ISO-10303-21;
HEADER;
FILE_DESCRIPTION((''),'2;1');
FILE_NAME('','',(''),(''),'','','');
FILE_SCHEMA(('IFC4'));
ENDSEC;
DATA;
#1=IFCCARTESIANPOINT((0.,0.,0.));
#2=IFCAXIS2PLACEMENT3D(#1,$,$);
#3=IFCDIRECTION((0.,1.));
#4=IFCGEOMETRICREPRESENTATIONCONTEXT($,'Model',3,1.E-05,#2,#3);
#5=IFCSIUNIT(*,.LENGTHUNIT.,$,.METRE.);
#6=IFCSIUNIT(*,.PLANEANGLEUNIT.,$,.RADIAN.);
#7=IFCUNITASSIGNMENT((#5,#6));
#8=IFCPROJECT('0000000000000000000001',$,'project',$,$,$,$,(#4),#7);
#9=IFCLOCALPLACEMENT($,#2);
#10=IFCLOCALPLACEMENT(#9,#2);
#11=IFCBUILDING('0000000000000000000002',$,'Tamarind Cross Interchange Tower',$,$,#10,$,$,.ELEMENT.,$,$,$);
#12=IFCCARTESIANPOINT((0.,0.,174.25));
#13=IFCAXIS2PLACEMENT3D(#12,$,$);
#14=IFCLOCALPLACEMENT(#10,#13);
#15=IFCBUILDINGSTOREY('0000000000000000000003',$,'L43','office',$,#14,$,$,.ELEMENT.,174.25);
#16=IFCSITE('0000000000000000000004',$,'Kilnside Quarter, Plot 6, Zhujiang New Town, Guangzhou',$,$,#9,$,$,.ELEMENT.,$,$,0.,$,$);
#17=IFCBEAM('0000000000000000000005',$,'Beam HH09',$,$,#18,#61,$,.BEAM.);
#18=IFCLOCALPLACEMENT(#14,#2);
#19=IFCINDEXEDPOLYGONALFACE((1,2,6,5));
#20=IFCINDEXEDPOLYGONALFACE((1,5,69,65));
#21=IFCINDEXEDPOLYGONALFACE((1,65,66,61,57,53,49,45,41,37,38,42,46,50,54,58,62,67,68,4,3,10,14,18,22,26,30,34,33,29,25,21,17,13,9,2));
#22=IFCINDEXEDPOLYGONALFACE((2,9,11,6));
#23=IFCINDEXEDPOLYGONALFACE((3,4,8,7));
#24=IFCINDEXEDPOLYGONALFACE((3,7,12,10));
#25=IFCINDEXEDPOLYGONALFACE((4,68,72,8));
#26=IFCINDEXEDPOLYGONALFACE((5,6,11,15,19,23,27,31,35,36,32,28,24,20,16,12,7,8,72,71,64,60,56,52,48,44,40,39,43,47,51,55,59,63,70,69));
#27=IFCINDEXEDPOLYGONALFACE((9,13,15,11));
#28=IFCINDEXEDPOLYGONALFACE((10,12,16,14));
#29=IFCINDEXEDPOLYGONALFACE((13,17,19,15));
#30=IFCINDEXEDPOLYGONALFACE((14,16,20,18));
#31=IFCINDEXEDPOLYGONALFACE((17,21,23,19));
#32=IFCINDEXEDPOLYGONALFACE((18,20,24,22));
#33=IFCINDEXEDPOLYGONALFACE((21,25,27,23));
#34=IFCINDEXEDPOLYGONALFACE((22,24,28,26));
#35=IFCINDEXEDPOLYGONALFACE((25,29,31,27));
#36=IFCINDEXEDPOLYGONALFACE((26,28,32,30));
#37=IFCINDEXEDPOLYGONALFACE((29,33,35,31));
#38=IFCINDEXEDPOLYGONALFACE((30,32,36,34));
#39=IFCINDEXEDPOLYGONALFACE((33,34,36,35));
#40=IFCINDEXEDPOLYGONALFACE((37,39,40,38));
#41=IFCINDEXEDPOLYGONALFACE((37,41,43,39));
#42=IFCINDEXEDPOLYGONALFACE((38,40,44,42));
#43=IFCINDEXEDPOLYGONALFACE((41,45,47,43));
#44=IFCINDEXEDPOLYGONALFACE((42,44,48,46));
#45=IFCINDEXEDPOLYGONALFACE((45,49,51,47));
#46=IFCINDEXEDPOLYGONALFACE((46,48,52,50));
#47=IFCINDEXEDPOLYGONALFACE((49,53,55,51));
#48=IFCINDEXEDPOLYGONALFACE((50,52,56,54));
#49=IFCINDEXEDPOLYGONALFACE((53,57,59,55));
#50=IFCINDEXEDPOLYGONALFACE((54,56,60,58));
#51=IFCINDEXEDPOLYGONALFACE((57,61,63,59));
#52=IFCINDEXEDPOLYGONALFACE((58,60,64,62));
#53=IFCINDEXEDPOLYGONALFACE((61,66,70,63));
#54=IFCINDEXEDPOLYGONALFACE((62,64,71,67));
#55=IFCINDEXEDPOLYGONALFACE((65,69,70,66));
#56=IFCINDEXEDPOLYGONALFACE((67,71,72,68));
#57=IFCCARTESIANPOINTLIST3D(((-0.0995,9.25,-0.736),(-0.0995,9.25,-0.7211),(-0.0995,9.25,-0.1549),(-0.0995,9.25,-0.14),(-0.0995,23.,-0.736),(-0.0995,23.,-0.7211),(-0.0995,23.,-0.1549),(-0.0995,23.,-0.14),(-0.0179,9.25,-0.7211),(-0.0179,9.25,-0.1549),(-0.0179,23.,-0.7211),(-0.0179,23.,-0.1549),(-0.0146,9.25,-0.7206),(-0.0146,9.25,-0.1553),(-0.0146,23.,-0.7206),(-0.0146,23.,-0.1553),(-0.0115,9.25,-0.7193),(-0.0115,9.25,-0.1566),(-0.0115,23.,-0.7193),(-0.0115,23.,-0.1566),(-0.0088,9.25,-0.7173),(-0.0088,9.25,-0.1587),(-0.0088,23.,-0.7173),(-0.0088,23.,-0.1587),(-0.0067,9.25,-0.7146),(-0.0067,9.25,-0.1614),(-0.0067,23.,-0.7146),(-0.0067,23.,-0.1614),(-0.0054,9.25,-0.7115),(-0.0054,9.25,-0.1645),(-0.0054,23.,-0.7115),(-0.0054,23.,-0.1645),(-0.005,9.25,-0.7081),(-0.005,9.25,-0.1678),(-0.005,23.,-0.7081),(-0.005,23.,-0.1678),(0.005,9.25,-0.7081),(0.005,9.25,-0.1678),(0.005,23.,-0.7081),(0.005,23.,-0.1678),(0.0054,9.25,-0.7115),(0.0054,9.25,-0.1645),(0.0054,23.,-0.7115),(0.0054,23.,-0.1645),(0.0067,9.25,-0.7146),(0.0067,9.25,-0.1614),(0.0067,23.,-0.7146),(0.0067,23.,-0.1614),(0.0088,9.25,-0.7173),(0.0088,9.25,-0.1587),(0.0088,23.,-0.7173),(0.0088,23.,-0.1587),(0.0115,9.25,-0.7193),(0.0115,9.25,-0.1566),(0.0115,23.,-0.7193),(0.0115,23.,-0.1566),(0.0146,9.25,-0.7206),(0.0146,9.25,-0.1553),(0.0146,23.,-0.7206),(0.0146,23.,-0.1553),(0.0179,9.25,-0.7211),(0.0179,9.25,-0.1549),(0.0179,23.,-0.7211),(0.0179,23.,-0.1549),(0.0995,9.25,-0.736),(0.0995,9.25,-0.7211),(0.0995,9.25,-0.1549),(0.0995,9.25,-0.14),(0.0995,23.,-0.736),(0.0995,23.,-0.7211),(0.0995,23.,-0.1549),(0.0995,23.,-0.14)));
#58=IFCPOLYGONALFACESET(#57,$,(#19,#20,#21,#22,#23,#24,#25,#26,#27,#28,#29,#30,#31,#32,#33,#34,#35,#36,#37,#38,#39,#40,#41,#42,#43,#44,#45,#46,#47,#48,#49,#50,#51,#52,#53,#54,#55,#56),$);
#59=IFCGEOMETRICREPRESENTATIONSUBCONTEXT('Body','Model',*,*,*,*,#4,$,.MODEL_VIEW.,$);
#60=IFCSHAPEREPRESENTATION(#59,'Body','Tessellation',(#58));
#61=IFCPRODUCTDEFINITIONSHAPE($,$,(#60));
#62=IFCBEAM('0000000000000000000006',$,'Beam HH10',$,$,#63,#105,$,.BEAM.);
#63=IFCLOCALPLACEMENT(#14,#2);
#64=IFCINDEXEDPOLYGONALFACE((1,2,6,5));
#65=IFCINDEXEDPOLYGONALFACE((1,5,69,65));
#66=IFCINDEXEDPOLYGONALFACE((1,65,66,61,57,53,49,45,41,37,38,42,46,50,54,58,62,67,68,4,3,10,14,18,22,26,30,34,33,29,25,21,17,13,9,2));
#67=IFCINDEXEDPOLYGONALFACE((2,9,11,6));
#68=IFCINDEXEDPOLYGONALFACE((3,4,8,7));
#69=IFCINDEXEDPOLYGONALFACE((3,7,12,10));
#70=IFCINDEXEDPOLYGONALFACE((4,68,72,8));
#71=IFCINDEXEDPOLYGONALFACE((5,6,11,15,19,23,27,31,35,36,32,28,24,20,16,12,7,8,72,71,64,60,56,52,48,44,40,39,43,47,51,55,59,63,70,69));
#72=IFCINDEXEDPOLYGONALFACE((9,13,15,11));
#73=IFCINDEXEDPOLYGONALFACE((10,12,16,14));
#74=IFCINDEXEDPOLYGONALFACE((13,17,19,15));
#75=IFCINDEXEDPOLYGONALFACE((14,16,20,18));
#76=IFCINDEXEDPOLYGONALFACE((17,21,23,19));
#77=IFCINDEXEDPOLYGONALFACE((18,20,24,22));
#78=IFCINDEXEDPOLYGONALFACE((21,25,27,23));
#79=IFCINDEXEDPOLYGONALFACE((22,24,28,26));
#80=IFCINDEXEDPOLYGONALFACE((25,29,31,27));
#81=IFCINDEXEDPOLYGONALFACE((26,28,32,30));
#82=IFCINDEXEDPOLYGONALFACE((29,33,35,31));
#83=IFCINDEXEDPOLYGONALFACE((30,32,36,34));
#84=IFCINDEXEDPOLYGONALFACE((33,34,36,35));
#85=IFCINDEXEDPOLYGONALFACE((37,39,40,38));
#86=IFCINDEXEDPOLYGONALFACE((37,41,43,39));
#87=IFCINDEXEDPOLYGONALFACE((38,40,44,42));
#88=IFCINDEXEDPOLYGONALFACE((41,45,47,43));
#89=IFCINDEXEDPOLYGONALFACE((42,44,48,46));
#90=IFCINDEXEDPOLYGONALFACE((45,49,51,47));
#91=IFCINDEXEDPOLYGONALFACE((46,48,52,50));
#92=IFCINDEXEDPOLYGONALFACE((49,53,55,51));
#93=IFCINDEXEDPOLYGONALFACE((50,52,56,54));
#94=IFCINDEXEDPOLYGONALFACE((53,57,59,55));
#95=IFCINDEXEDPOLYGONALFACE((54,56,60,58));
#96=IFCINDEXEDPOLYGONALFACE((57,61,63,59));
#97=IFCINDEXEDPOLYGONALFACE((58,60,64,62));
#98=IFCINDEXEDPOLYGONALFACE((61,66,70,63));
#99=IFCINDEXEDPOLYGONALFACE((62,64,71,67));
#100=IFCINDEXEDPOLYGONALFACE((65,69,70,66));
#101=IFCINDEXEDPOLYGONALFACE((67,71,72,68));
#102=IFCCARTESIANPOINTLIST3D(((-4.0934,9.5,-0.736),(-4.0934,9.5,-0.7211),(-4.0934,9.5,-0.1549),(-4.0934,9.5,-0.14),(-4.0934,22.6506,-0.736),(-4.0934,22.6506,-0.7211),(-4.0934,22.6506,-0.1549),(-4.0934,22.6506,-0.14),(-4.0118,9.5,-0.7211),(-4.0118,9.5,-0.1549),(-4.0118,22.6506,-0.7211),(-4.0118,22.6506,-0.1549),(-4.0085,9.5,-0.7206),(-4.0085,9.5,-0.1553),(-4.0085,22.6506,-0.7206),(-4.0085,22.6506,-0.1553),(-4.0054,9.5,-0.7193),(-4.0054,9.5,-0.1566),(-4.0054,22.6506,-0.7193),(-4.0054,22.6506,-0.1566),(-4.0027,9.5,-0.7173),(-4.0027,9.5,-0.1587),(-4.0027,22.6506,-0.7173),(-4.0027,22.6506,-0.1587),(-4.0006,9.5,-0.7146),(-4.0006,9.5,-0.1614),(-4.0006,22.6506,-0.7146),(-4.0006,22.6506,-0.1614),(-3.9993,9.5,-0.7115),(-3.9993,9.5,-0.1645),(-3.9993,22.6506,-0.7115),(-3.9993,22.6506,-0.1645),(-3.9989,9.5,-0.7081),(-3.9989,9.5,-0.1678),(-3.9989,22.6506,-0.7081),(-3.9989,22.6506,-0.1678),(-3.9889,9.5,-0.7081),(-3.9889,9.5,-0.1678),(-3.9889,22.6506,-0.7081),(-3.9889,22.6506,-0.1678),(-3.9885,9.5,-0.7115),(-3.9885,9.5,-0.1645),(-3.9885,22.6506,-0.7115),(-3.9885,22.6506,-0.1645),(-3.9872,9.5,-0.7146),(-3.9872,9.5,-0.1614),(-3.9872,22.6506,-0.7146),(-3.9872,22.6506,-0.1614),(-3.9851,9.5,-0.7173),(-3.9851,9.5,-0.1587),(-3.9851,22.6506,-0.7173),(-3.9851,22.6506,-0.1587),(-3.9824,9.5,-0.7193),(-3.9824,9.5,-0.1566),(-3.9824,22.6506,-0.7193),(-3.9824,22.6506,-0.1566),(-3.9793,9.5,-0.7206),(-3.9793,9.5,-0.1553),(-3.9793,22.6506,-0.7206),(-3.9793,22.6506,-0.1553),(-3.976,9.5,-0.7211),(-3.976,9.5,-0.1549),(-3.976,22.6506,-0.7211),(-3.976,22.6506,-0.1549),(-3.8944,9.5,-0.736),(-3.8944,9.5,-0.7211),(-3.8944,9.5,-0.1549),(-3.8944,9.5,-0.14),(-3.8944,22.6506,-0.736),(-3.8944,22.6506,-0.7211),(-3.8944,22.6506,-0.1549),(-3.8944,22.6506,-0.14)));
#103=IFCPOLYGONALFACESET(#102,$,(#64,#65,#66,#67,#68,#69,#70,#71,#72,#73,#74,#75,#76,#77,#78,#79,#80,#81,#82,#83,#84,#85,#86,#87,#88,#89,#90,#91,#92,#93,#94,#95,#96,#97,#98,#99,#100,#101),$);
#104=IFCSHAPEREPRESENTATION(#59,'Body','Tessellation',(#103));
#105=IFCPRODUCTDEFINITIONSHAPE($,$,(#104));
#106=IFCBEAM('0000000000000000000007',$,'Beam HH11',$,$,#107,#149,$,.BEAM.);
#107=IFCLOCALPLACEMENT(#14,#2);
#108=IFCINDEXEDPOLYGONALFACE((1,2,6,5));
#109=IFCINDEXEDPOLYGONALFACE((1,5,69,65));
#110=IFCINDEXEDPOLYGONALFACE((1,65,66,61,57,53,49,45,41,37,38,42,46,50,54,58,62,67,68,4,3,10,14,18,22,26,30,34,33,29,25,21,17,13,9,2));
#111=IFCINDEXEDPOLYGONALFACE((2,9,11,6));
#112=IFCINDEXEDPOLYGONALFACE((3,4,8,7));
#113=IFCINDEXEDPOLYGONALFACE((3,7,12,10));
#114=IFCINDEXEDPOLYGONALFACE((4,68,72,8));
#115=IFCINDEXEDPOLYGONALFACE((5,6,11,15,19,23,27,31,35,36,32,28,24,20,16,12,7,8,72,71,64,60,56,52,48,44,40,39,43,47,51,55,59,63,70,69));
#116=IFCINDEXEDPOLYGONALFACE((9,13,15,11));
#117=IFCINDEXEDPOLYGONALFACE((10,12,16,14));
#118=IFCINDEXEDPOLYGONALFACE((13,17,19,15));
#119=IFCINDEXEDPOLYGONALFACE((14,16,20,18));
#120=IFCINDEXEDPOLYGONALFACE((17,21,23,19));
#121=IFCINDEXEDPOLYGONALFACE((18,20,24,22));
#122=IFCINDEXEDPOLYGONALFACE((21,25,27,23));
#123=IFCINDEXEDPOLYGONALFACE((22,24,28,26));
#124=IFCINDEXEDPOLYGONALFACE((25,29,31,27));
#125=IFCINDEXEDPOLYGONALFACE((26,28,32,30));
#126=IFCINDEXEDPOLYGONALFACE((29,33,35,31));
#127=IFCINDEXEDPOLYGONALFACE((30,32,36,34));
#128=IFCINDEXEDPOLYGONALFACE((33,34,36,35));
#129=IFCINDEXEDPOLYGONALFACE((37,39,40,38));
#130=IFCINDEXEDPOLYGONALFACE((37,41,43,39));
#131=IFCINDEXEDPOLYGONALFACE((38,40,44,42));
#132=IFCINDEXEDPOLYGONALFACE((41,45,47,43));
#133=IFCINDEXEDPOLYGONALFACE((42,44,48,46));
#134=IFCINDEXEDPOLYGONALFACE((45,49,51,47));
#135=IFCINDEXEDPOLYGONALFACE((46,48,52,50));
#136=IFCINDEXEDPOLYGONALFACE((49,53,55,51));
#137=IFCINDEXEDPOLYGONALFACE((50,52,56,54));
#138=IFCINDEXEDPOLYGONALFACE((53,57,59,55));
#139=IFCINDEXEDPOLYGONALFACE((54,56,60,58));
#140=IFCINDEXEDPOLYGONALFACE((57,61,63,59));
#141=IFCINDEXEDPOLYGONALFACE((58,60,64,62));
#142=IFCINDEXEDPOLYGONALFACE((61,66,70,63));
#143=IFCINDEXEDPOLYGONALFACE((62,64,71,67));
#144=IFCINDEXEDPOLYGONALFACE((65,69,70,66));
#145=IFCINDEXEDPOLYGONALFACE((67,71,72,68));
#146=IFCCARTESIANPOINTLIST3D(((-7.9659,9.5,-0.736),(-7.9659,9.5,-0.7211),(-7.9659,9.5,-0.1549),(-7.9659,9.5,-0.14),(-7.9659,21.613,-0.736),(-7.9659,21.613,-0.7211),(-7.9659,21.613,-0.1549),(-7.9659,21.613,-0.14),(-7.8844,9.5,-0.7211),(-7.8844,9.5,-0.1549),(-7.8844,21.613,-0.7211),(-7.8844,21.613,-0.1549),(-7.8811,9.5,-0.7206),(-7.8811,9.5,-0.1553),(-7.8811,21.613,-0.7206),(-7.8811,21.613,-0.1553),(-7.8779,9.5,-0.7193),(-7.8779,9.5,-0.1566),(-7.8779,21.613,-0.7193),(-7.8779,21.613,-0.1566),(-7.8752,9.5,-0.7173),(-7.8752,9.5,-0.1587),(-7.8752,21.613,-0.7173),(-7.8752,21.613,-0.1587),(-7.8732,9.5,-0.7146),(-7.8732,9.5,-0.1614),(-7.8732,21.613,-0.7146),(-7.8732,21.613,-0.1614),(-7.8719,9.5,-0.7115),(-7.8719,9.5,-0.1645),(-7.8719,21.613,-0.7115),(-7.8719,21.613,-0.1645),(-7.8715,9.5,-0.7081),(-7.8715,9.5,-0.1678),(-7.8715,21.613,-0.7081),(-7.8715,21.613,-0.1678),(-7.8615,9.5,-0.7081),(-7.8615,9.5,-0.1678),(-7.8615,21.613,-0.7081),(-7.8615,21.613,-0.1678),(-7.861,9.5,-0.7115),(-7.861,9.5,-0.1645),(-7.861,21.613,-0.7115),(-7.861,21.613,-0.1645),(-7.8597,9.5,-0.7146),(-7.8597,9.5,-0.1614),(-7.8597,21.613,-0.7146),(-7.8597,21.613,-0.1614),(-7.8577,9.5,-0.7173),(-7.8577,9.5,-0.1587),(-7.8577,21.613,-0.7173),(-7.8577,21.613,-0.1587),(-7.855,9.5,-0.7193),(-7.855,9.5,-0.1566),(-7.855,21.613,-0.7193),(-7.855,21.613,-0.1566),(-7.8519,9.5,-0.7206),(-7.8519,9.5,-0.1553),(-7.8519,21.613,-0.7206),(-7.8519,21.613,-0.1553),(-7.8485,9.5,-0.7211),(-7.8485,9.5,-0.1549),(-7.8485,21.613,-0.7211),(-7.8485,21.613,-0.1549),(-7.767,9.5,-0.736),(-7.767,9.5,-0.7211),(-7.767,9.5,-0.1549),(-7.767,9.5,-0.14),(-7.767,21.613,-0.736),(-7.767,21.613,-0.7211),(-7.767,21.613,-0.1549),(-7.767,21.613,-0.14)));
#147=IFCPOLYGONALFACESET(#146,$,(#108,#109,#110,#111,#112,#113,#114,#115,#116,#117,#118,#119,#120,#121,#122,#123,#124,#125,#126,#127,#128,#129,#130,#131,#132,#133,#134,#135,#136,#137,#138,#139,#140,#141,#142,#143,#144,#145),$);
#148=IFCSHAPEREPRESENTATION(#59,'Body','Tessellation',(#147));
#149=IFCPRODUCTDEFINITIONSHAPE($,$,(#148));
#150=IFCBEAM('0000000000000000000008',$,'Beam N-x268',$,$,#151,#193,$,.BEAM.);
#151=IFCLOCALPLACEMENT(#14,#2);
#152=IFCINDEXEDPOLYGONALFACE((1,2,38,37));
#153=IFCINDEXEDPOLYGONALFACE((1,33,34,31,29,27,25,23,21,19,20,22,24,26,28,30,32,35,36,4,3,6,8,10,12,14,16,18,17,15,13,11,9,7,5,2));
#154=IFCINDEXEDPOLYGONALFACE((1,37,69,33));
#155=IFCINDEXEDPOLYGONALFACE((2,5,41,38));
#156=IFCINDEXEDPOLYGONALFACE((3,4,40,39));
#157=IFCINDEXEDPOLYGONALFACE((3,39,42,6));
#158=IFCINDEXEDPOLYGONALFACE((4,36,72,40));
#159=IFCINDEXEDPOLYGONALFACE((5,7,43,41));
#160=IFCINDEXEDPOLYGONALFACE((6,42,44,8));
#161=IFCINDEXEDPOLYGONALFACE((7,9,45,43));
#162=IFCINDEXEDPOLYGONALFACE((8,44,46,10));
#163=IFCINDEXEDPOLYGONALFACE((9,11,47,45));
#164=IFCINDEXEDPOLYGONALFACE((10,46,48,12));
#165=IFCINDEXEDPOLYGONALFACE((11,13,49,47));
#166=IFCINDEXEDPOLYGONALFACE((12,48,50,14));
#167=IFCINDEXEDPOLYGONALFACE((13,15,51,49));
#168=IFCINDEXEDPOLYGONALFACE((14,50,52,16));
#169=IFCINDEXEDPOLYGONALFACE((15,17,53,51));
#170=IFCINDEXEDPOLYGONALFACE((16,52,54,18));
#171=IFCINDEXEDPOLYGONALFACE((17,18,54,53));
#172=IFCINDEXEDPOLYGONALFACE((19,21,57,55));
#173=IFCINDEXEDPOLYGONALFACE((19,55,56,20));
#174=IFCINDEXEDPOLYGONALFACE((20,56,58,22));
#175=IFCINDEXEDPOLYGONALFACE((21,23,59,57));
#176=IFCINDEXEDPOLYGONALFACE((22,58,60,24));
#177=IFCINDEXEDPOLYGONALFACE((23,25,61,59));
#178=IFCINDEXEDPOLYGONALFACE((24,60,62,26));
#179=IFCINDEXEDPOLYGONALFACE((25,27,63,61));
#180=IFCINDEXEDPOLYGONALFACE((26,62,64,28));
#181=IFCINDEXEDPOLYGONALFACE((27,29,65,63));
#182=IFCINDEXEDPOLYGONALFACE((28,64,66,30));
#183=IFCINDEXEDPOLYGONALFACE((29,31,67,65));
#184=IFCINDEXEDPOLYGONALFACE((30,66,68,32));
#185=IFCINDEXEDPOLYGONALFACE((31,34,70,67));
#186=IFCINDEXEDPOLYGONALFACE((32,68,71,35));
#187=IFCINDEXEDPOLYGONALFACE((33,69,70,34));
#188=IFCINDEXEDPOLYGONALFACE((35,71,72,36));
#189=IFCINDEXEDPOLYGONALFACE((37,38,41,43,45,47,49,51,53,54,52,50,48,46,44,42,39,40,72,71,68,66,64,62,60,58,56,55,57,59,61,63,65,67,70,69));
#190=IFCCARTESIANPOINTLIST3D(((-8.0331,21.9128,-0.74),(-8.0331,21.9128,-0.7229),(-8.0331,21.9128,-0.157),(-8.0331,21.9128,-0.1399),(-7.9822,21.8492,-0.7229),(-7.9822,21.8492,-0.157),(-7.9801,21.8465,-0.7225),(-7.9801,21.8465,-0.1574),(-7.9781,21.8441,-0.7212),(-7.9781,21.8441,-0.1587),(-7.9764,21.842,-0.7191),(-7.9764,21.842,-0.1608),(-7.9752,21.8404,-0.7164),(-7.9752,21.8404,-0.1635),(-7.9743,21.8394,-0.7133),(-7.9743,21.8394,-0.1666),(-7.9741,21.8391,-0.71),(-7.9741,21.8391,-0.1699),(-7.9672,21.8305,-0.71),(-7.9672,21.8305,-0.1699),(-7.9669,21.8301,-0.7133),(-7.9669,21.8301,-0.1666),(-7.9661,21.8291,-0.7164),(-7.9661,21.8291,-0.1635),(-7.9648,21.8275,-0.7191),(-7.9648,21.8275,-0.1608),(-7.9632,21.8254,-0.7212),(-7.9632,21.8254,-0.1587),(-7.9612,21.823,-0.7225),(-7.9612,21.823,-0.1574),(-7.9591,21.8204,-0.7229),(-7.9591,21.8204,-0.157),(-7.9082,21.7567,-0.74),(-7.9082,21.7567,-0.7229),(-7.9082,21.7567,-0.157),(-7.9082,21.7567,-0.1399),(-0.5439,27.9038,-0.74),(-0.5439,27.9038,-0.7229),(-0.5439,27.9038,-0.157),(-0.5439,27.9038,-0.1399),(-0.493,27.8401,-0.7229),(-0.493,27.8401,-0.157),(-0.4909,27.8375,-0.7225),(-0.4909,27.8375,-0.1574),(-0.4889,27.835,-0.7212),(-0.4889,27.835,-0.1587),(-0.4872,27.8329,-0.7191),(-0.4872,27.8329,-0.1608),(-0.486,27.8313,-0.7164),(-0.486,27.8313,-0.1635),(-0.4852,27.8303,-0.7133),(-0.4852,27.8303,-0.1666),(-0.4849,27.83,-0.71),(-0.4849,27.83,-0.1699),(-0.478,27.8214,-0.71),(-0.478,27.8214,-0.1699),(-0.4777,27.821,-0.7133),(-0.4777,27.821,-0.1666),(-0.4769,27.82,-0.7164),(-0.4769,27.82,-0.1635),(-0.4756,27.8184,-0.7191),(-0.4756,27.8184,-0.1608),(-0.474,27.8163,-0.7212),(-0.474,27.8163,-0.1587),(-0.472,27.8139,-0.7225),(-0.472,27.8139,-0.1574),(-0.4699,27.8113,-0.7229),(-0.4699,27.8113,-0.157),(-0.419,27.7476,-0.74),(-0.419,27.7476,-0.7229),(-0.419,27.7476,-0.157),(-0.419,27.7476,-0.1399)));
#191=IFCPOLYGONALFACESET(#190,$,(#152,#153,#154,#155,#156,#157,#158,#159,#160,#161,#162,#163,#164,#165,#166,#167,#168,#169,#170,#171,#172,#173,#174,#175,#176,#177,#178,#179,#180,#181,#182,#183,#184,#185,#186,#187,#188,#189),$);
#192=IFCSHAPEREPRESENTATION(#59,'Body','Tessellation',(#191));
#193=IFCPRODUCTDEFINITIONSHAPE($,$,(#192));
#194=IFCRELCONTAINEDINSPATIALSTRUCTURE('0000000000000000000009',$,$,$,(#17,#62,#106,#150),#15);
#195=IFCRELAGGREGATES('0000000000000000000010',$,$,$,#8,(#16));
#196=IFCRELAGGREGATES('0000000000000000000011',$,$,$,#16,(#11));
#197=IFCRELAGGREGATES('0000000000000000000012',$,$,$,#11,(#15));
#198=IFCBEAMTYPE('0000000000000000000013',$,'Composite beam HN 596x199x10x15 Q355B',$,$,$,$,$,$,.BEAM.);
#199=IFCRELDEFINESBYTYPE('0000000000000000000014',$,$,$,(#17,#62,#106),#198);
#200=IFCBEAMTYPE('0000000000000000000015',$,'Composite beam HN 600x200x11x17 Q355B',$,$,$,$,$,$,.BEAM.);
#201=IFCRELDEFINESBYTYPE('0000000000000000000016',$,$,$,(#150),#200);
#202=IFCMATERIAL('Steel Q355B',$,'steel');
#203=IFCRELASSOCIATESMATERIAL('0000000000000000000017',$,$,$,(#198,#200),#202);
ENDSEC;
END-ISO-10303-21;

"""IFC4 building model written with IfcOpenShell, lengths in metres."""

from ifc_helpers import new_model, si_unit, direction, frame, origin, origin_2d, place, context, subcontext, project, spatial, i_section, extrude, material, material_profile, profile_set, type_object, element, save


model = new_model("IFC4")

# Units and contexts
model_context = context("Model", 3, precision=1e-05, world=origin(), true_north=direction((0.0, 1.0)))
body_context = subcontext(model_context, "Body", "Model", "MODEL_VIEW")
ifc_project = project(units=[si_unit("LENGTHUNIT", "METRE"), si_unit("PLANEANGLEUNIT", "RADIAN")], contexts=[model_context])

# Site, building, storey
site_placement = place(None, origin())
site = spatial("IfcSite", under=ifc_project, at=site_placement, Name="Kilnside Quarter, Plot 6, Zhujiang New Town, Guangzhou", CompositionType="ELEMENT", RefElevation=0.0)
building_placement = place(site_placement, origin())
building = spatial("IfcBuilding", under=site, at=building_placement, Name="Tamarind Cross Interchange Tower", CompositionType="ELEMENT")
storey_placement = place(building_placement, frame((0.0, 0.0, 174.25)))
storey = spatial("IfcBuildingStorey", under=building, at=storey_placement, Name="L43", Description="office", CompositionType="ELEMENT", Elevation=174.25)

# Beams
ifc_material_1 = material(Name="Steel Q355B", Category="steel")
ifc_material_profile_1 = material_profile(ifc_material_1, i_section(OverallWidth=0.199, OverallDepth=0.5959, WebThickness=0.01, FlangeThickness=0.0149, FilletRadius=0.0129, at=origin_2d()), Name="HN 596x199x10x15")
ifc_profile_set_1 = profile_set([ifc_material_profile_1], Name="Steel Q355B")
beam_type_1 = type_object("IfcBeamType", Name="Composite beam HN 596x199x10x15 Q355B", PredefinedType="BEAM", material=ifc_profile_set_1)
beam_1_placement = place(storey_placement, frame((0.0, 23.0, -0.438), z_axis=(0.0, -1.0, 0.0), x_axis=(1.0, 0.0, 0.0)))
element("IfcBeam", 1, at=beam_1_placement, inside=storey, type_object=beam_type_1, Name="Beam HH09", PredefinedType="BEAM", context=body_context, shape_type="SweptSolid", body=[
    extrude(i_section(OverallWidth=0.199, OverallDepth=0.5959, WebThickness=0.01, FlangeThickness=0.0149, FilletRadius=0.0129, at=origin_2d()), origin(), (0.0, 0.0, 1.0), 13.75),
])
beam_2_placement = place(storey_placement, frame((-3.9939, 22.6506, -0.438), z_axis=(0.0, -1.0, 0.0), x_axis=(1.0, 0.0, 0.0)))
element("IfcBeam", 2, at=beam_2_placement, inside=storey, type_object=beam_type_1, Name="Beam HH10", PredefinedType="BEAM", context=body_context, shape_type="SweptSolid", body=[
    extrude(i_section(OverallWidth=0.199, OverallDepth=0.5959, WebThickness=0.01, FlangeThickness=0.0149, FilletRadius=0.0129, at=origin_2d()), origin(), (0.0, 0.0, 1.0), 13.1506),
])
beam_3_placement = place(storey_placement, frame((-7.8665, 21.613, -0.438), z_axis=(0.0, -1.0, 0.0), x_axis=(1.0, 0.0, 0.0)))
element("IfcBeam", 3, at=beam_3_placement, inside=storey, type_object=beam_type_1, Name="Beam HH11", PredefinedType="BEAM", context=body_context, shape_type="SweptSolid", body=[
    extrude(i_section(OverallWidth=0.199, OverallDepth=0.5959, WebThickness=0.01, FlangeThickness=0.0149, FilletRadius=0.0129, at=origin_2d()), origin(), (0.0, 0.0, 1.0), 12.113),
])
ifc_material_profile_2 = material_profile(ifc_material_1, i_section(OverallWidth=0.2, OverallDepth=0.6001, WebThickness=0.011, FlangeThickness=0.0171, FilletRadius=0.0129, at=origin_2d()), Name="HN 600x200x11x17")
ifc_profile_set_2 = profile_set([ifc_material_profile_2], Name="Steel Q355B")
beam_type_2 = type_object("IfcBeamType", Name="Composite beam HN 600x200x11x17 Q355B", PredefinedType="BEAM", material=ifc_profile_set_2)
beam_4_placement = place(storey_placement, frame((-0.4814, 27.8257, -0.4399), z_axis=(-0.780891, -0.624667, 0.0), x_axis=(0.624667, -0.780891, 0.0)))
element("IfcBeam", 4, at=beam_4_placement, inside=storey, type_object=beam_type_2, Name="Beam N-x268", PredefinedType="BEAM", context=body_context, shape_type="SweptSolid", body=[
    extrude(i_section(OverallWidth=0.2, OverallDepth=0.6001, WebThickness=0.011, FlangeThickness=0.0171, FilletRadius=0.0129, at=origin_2d()), origin(), (0.0, 0.0, 1.0), 9.5906),
])

save(model, "model.ifc")
